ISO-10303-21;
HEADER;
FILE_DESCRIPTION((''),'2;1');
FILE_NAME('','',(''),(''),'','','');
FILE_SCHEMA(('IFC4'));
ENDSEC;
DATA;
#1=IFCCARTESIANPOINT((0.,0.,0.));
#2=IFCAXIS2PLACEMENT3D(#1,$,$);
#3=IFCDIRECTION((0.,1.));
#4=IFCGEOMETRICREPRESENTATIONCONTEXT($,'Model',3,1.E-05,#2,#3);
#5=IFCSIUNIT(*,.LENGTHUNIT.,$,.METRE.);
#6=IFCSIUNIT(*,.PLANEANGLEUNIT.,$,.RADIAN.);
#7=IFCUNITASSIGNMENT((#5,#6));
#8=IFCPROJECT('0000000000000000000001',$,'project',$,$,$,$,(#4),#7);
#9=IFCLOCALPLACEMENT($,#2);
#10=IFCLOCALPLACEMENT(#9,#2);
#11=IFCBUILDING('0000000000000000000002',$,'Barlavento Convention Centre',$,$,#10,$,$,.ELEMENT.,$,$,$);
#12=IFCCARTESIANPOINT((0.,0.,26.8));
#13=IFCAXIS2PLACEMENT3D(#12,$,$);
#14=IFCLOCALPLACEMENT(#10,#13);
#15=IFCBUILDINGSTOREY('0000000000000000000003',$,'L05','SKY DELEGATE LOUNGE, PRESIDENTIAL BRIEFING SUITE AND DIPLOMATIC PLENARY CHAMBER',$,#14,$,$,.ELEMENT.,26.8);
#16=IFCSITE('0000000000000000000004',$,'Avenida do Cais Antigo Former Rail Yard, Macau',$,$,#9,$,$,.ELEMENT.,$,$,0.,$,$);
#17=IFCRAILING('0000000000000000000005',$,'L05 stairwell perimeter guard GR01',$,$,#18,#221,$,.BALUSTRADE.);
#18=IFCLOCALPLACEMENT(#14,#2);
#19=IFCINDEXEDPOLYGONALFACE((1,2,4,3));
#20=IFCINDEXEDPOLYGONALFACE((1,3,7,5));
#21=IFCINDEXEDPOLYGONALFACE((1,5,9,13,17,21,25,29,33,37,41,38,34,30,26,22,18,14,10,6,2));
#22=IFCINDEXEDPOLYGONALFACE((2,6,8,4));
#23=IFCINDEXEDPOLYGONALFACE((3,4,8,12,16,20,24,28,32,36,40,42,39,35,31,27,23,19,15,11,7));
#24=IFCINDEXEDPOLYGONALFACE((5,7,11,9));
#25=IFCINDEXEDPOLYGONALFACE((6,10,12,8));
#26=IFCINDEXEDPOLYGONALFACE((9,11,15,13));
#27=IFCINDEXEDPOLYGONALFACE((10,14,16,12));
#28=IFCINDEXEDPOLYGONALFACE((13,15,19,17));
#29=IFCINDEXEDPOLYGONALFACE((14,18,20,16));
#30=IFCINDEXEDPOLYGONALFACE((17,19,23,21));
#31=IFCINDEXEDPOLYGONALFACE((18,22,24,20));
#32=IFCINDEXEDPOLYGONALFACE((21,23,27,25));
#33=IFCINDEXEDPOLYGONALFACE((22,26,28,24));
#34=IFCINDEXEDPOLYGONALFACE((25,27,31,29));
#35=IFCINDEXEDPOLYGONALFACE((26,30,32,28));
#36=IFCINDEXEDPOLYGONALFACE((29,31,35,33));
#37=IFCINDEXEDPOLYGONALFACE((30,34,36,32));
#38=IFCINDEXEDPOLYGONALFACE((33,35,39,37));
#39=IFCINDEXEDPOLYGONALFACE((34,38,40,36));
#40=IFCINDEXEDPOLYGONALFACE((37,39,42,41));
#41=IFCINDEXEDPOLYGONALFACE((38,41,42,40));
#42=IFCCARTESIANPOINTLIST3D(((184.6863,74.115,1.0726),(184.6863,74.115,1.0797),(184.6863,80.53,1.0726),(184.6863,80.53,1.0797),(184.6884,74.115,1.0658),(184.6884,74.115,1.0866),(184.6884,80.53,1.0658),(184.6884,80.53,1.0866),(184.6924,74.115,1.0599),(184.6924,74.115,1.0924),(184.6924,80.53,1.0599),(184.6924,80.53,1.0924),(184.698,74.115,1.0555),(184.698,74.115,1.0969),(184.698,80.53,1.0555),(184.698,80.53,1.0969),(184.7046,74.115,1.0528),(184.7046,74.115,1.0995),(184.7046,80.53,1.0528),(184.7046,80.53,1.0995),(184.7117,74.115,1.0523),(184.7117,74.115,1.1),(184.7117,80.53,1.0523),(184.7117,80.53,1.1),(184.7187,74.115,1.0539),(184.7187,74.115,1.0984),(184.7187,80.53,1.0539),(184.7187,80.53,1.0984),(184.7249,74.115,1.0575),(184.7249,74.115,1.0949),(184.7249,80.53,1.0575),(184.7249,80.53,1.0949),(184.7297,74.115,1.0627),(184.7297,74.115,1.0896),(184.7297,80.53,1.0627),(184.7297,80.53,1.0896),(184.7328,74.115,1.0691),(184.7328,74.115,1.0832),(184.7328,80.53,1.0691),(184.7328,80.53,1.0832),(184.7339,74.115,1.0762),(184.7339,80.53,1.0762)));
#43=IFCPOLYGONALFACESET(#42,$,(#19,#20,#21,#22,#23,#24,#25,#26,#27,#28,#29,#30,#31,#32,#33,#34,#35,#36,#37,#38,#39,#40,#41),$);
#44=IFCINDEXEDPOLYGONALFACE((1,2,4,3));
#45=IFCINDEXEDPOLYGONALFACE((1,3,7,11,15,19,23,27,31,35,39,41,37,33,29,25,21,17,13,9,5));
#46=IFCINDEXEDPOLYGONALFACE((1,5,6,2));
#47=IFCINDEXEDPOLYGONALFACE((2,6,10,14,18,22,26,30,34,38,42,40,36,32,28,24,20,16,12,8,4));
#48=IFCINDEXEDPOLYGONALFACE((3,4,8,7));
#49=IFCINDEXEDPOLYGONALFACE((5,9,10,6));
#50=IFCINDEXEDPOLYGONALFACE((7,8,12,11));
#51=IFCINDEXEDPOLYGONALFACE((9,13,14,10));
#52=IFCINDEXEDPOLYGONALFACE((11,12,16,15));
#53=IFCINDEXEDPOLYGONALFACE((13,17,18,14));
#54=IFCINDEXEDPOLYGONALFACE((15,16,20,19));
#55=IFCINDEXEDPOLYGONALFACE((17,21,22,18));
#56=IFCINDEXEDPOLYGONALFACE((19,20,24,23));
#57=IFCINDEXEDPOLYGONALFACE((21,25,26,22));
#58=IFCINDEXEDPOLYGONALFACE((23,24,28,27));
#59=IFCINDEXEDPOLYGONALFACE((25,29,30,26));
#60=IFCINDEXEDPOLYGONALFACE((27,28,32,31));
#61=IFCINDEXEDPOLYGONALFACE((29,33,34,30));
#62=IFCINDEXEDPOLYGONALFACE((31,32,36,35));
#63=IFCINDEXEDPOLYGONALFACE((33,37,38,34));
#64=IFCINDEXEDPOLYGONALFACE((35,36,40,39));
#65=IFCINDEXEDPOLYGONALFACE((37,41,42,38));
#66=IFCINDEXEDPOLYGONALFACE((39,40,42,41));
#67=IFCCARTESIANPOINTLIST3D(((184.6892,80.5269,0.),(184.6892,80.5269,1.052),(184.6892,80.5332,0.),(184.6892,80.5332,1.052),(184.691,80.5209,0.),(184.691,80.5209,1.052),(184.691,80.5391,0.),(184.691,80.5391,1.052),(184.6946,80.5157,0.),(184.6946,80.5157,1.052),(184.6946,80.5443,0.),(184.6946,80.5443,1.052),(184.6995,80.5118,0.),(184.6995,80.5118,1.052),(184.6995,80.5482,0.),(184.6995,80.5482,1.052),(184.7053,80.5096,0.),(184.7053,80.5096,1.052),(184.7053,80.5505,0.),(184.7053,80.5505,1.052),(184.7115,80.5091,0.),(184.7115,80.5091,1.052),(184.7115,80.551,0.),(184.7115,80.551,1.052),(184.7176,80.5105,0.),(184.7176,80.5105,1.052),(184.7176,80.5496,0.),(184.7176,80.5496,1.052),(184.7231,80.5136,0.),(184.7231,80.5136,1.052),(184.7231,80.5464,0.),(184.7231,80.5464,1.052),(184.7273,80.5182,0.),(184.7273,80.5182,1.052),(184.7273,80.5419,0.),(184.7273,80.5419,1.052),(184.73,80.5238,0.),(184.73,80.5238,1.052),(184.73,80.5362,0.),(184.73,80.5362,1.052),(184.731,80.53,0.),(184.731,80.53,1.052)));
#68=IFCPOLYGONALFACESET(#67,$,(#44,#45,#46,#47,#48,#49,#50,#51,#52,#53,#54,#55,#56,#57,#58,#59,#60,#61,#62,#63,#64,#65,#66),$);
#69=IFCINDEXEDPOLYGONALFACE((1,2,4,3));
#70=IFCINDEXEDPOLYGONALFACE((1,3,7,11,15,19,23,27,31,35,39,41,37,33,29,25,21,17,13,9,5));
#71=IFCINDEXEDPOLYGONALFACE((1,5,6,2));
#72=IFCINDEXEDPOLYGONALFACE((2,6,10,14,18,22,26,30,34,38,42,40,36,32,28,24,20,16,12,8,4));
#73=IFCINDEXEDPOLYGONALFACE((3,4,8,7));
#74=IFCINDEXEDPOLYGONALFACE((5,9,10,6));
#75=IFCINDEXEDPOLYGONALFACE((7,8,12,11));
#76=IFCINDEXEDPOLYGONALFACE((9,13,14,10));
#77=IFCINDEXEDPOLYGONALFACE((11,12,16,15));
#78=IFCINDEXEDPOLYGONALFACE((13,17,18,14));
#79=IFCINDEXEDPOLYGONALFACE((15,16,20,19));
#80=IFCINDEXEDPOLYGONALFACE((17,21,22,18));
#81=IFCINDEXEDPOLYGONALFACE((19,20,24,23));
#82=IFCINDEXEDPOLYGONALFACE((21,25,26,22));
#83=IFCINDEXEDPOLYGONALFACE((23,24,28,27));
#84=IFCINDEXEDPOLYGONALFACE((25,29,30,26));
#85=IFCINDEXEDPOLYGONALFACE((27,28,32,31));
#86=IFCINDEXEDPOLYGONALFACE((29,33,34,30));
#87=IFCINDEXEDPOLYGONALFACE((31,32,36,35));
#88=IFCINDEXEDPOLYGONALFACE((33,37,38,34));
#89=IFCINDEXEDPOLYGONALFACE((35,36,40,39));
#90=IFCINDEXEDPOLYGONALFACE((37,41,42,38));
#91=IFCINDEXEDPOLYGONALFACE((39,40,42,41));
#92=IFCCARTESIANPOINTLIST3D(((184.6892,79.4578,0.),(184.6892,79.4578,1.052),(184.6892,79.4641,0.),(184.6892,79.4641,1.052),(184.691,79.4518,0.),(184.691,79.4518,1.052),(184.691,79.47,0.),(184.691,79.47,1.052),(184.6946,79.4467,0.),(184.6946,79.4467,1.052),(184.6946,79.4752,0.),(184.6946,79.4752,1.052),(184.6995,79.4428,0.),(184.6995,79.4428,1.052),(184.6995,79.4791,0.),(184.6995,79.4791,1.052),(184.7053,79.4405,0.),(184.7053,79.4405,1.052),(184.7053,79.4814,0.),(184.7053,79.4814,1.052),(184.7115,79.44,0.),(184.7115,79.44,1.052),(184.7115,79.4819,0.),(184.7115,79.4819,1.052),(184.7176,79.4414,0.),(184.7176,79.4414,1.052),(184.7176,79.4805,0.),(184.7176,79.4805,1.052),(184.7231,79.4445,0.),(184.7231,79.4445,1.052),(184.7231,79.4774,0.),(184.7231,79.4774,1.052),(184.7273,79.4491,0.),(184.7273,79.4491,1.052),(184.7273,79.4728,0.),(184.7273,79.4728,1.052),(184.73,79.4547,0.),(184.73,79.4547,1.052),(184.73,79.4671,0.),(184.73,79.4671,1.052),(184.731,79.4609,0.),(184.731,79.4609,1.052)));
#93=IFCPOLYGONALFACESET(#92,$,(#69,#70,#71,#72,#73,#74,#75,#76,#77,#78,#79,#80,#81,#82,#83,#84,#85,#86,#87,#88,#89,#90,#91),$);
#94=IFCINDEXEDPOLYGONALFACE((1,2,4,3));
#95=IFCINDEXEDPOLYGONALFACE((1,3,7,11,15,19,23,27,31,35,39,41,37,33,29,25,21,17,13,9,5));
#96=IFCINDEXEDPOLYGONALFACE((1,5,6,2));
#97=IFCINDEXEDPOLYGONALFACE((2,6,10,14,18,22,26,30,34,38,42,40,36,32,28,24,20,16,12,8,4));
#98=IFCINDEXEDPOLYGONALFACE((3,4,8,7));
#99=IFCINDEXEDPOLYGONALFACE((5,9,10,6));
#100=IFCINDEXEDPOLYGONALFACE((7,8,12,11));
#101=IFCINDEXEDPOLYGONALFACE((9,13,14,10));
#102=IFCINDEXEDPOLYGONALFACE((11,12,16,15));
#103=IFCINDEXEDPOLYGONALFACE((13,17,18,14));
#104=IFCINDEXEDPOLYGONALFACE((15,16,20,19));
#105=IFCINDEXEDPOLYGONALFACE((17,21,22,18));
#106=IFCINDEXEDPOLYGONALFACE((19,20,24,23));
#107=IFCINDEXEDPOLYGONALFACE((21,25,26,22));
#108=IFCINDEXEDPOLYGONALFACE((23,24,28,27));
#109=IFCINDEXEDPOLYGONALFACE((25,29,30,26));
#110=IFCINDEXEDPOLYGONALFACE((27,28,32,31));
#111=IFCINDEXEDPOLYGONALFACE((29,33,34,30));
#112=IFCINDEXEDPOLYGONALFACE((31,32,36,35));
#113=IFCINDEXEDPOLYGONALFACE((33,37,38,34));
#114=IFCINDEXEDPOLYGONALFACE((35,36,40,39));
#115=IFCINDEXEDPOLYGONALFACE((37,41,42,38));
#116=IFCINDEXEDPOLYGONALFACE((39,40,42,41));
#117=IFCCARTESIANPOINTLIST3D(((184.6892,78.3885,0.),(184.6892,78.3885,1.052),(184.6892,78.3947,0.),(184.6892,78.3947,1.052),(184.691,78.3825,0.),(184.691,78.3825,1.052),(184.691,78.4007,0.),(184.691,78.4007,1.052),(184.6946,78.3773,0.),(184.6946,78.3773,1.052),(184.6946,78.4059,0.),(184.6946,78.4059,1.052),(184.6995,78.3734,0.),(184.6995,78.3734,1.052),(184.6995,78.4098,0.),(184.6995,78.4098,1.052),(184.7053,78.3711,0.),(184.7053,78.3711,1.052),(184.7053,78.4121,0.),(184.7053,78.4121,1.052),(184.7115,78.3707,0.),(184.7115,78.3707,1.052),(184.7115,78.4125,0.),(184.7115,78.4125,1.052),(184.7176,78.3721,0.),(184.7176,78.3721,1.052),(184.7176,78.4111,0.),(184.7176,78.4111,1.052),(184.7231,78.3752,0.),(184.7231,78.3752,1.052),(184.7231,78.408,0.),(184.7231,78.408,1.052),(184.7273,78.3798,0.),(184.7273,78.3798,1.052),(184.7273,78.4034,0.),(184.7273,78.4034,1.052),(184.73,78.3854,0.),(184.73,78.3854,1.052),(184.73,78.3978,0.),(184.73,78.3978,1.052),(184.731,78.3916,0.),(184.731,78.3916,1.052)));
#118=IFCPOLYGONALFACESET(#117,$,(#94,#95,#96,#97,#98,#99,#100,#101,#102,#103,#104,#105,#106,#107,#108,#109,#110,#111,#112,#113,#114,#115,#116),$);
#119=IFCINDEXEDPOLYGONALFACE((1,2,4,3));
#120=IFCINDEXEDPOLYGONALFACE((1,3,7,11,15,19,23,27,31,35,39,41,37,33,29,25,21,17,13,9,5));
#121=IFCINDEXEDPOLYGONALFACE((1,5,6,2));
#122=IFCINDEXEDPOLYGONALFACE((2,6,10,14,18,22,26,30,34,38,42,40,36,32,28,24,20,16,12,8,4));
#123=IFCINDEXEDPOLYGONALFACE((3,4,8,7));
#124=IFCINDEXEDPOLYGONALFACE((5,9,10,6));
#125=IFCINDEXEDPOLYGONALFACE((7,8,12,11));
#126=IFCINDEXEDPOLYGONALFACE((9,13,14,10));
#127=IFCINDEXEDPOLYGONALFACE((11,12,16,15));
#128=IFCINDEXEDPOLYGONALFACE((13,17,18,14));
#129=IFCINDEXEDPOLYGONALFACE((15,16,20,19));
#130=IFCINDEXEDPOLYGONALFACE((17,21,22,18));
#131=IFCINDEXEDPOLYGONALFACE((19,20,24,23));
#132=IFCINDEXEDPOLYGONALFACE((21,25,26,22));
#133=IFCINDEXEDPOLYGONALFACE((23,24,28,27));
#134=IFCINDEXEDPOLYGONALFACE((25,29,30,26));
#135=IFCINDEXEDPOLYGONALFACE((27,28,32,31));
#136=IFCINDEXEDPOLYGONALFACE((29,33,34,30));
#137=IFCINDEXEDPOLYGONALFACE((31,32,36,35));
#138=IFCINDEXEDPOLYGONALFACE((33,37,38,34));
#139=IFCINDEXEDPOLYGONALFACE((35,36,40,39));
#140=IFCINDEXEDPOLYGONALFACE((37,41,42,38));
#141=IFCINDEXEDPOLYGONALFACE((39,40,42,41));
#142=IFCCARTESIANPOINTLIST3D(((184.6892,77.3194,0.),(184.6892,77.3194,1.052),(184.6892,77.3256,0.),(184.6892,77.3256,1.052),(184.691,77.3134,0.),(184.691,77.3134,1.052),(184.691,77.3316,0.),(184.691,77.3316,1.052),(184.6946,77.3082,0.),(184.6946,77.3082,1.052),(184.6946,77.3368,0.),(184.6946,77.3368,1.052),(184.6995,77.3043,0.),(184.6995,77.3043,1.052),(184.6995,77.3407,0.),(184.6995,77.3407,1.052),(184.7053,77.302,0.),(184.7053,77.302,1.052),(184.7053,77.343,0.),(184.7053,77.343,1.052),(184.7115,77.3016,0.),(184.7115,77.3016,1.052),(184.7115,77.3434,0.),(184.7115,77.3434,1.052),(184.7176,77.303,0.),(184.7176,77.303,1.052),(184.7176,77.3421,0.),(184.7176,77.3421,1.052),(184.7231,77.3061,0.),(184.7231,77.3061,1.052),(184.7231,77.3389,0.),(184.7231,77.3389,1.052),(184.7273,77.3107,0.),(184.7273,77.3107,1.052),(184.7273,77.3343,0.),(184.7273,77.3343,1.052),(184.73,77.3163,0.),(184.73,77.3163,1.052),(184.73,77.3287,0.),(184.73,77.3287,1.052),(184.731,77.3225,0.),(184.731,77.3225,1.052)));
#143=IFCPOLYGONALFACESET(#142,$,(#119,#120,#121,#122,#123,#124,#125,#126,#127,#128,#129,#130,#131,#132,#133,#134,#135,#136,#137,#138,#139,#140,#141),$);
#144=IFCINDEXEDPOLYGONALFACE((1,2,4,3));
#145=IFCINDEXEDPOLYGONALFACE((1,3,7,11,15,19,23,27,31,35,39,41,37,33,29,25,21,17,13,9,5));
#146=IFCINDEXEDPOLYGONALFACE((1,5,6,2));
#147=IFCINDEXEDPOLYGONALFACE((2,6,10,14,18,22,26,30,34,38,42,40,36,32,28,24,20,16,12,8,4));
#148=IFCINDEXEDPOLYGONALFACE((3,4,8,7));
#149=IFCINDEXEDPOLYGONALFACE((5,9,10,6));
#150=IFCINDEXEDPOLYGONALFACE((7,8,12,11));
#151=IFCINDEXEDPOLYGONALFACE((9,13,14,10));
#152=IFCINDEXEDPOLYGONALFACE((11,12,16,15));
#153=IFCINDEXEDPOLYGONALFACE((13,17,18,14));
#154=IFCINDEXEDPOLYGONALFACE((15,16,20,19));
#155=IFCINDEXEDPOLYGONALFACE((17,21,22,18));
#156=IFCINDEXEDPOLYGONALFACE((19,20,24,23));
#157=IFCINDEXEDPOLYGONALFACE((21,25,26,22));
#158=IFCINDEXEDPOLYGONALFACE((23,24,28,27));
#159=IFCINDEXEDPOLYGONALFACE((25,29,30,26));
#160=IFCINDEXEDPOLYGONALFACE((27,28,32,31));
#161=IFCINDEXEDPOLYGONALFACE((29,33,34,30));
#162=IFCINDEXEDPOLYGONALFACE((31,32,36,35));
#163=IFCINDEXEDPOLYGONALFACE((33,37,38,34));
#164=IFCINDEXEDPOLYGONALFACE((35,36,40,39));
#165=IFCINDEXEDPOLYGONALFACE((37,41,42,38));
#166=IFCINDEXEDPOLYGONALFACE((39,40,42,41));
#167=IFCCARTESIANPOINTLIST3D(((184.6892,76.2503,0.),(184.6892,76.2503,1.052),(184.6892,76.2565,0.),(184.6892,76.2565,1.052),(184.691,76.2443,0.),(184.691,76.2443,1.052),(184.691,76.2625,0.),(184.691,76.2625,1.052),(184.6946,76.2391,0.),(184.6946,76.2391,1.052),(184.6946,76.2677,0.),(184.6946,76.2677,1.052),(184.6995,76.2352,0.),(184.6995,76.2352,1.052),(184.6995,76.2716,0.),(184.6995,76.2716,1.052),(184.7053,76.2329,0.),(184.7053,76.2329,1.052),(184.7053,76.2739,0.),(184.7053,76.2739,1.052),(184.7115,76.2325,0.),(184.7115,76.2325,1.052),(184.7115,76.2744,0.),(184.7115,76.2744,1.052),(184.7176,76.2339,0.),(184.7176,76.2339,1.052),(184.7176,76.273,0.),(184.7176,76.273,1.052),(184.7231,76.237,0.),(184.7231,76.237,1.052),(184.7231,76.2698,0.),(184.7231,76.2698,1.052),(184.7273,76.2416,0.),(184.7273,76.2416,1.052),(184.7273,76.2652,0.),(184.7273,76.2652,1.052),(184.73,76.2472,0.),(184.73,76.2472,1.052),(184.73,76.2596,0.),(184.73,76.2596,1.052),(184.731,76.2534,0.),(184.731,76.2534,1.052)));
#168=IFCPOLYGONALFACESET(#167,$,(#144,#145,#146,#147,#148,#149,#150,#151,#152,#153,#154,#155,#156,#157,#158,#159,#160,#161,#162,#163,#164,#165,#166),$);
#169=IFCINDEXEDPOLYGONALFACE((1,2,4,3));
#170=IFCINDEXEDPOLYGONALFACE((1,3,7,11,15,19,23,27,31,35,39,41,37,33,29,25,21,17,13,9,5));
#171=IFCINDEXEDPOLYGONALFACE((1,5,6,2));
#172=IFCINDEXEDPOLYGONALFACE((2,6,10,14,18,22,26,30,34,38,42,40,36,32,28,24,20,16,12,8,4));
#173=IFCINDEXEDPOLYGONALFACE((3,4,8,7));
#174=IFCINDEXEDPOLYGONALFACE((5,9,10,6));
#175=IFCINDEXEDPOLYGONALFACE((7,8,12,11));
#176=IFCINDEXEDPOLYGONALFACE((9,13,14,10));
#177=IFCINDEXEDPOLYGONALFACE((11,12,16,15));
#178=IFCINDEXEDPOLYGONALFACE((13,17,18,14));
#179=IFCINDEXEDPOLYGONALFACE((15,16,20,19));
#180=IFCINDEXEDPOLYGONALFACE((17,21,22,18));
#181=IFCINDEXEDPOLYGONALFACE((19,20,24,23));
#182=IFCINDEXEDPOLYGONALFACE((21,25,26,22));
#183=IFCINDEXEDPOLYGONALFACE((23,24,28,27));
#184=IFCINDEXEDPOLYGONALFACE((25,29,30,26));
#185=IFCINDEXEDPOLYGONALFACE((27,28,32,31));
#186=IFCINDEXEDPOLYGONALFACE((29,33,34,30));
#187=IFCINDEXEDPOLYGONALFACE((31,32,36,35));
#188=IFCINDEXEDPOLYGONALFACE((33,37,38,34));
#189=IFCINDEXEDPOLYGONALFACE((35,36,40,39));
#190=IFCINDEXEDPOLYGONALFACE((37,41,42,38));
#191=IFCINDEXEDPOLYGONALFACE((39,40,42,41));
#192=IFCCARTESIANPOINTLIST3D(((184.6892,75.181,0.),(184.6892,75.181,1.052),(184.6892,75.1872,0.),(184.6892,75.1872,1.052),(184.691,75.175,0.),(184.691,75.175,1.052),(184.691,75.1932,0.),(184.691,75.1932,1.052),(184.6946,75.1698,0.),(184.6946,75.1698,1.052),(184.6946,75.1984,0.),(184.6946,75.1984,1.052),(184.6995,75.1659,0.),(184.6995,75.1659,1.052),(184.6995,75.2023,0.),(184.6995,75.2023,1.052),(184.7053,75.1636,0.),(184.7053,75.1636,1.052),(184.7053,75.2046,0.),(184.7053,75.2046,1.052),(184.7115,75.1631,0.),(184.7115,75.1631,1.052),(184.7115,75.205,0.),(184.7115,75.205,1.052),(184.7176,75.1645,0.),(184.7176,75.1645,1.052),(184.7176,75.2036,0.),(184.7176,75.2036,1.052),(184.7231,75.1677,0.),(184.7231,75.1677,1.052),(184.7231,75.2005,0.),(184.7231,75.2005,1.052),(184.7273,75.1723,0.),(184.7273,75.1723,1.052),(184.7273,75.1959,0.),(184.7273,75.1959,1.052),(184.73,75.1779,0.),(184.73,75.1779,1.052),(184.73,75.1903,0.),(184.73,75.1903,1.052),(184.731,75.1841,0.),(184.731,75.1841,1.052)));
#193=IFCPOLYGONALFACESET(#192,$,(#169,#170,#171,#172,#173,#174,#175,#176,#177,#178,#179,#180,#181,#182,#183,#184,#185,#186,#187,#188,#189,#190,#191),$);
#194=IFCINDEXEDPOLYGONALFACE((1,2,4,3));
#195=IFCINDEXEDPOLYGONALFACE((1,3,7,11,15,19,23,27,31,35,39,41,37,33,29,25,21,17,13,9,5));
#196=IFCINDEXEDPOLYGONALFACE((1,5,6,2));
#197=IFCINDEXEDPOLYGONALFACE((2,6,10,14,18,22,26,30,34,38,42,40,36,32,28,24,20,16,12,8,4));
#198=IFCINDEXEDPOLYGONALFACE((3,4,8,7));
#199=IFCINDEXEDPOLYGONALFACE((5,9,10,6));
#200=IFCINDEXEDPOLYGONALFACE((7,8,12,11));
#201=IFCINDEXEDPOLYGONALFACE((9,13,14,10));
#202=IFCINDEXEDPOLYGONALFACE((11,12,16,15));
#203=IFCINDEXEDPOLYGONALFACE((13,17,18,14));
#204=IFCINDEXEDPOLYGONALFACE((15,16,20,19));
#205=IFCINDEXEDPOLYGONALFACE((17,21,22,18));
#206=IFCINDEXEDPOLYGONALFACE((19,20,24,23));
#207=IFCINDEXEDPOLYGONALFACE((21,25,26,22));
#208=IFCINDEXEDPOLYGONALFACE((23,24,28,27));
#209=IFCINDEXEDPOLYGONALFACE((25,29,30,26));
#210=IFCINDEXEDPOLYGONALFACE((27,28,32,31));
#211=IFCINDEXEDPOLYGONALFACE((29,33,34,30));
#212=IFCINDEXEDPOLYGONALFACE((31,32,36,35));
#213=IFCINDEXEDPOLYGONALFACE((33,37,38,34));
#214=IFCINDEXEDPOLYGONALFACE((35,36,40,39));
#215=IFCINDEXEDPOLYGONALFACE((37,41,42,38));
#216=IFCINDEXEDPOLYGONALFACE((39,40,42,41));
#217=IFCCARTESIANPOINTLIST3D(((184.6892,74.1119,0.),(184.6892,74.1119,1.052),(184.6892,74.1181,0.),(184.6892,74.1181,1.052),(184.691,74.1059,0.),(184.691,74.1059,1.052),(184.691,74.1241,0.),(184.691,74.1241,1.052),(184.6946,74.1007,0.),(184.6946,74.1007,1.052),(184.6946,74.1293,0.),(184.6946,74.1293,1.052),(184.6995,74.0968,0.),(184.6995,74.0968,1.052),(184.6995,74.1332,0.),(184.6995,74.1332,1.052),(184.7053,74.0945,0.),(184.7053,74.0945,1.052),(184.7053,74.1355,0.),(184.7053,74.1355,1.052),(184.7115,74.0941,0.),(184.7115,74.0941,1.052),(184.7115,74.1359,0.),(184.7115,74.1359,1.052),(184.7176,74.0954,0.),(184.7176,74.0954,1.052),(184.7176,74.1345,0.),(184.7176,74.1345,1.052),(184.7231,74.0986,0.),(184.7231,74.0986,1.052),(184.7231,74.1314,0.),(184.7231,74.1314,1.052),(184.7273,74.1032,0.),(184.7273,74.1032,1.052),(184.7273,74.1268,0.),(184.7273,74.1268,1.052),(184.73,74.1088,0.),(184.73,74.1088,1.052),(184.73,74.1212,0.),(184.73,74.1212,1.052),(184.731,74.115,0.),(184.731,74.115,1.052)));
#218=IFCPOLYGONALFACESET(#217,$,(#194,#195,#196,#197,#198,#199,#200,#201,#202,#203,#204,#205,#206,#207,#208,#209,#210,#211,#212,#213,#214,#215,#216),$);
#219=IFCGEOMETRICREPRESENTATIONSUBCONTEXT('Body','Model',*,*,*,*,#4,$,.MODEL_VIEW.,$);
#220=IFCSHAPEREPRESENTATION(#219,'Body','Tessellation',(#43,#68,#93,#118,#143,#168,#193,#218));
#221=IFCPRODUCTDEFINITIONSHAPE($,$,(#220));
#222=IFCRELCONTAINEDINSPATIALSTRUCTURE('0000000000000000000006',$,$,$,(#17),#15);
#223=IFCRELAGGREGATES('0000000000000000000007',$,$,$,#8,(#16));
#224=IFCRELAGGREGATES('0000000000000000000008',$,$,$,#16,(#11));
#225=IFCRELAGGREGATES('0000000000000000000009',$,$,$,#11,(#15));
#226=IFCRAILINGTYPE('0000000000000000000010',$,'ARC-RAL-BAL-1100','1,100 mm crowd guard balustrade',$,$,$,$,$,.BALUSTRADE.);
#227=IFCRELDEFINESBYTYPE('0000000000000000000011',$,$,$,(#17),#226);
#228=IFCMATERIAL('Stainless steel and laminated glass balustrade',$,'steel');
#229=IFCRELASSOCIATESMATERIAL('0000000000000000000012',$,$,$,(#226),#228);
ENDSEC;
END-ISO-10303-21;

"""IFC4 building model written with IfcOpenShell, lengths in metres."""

from ifc_helpers import new_model, si_unit, direction, frame, origin, origin_2d, place, context, subcontext, project, spatial, circle, extrude, material, type_object, element, save


model = new_model("IFC4")

# Units and contexts
model_context = context("Model", 3, precision=1e-05, world=origin(), true_north=direction((0.0, 1.0)))
body_context = subcontext(model_context, "Body", "Model", "MODEL_VIEW")
ifc_project = project(units=[si_unit("LENGTHUNIT", "METRE"), si_unit("PLANEANGLEUNIT", "RADIAN")], contexts=[model_context])

# Site, building, storey
site_placement = place(None, origin())
site = spatial("IfcSite", under=ifc_project, at=site_placement, Name="Avenida do Cais Antigo Former Rail Yard, Macau", CompositionType="ELEMENT", RefElevation=0.0)
building_placement = place(site_placement, origin())
building = spatial("IfcBuilding", under=site, at=building_placement, Name="Barlavento Convention Centre", CompositionType="ELEMENT")
storey_placement = place(building_placement, frame((0.0, 0.0, 26.8)))
storey = spatial("IfcBuildingStorey", under=building, at=storey_placement, Name="L05", Description="SKY DELEGATE LOUNGE, PRESIDENTIAL BRIEFING SUITE AND DIPLOMATIC PLENARY CHAMBER", CompositionType="ELEMENT", Elevation=26.8)

# Railing
ifc_material_1 = material(Name="Stainless steel and laminated glass balustrade", Category="steel")
railing_type = type_object("IfcRailingType", Name="ARC-RAL-BAL-1100", Description="1,100 mm crowd guard balustrade", PredefinedType="BALUSTRADE", material=ifc_material_1)
railing_1_placement = place(storey_placement, frame((184.71, 80.53, 0.0)))
element("IfcRailing", 1, at=railing_1_placement, inside=storey, type_object=railing_type, Name="L05 stairwell perimeter guard GR01", PredefinedType="BALUSTRADE", context=body_context, shape_type="SweptSolid", body=[
    extrude(circle(Radius=0.0239, at=origin_2d()), frame((0.0, 0.0, 1.0762), z_axis=(0.0, -1.0, 0.0), x_axis=(1.0, 0.0, 0.0)), (0.0, 0.0, 1.0), 6.415),
    extrude(circle(Radius=0.021, at=origin_2d()), origin(), (0.0, 0.0, 1.0), 1.052),
    extrude(circle(Radius=0.021, at=origin_2d()), frame((0.0, -1.0691, 0.0)), (0.0, 0.0, 1.0), 1.052),
    extrude(circle(Radius=0.021, at=origin_2d()), frame((0.0, -2.1384, 0.0)), (0.0, 0.0, 1.0), 1.052),
    extrude(circle(Radius=0.021, at=origin_2d()), frame((0.0, -3.2075, 0.0)), (0.0, 0.0, 1.0), 1.052),
    extrude(circle(Radius=0.021, at=origin_2d()), frame((0.0, -4.2766, 0.0)), (0.0, 0.0, 1.0), 1.052),
    extrude(circle(Radius=0.021, at=origin_2d()), frame((0.0, -5.3459, 0.0)), (0.0, 0.0, 1.0), 1.052),
    extrude(circle(Radius=0.021, at=origin_2d()), frame((0.0, -6.415, 0.0)), (0.0, 0.0, 1.0), 1.052),
])

save(model, "model.ifc")
